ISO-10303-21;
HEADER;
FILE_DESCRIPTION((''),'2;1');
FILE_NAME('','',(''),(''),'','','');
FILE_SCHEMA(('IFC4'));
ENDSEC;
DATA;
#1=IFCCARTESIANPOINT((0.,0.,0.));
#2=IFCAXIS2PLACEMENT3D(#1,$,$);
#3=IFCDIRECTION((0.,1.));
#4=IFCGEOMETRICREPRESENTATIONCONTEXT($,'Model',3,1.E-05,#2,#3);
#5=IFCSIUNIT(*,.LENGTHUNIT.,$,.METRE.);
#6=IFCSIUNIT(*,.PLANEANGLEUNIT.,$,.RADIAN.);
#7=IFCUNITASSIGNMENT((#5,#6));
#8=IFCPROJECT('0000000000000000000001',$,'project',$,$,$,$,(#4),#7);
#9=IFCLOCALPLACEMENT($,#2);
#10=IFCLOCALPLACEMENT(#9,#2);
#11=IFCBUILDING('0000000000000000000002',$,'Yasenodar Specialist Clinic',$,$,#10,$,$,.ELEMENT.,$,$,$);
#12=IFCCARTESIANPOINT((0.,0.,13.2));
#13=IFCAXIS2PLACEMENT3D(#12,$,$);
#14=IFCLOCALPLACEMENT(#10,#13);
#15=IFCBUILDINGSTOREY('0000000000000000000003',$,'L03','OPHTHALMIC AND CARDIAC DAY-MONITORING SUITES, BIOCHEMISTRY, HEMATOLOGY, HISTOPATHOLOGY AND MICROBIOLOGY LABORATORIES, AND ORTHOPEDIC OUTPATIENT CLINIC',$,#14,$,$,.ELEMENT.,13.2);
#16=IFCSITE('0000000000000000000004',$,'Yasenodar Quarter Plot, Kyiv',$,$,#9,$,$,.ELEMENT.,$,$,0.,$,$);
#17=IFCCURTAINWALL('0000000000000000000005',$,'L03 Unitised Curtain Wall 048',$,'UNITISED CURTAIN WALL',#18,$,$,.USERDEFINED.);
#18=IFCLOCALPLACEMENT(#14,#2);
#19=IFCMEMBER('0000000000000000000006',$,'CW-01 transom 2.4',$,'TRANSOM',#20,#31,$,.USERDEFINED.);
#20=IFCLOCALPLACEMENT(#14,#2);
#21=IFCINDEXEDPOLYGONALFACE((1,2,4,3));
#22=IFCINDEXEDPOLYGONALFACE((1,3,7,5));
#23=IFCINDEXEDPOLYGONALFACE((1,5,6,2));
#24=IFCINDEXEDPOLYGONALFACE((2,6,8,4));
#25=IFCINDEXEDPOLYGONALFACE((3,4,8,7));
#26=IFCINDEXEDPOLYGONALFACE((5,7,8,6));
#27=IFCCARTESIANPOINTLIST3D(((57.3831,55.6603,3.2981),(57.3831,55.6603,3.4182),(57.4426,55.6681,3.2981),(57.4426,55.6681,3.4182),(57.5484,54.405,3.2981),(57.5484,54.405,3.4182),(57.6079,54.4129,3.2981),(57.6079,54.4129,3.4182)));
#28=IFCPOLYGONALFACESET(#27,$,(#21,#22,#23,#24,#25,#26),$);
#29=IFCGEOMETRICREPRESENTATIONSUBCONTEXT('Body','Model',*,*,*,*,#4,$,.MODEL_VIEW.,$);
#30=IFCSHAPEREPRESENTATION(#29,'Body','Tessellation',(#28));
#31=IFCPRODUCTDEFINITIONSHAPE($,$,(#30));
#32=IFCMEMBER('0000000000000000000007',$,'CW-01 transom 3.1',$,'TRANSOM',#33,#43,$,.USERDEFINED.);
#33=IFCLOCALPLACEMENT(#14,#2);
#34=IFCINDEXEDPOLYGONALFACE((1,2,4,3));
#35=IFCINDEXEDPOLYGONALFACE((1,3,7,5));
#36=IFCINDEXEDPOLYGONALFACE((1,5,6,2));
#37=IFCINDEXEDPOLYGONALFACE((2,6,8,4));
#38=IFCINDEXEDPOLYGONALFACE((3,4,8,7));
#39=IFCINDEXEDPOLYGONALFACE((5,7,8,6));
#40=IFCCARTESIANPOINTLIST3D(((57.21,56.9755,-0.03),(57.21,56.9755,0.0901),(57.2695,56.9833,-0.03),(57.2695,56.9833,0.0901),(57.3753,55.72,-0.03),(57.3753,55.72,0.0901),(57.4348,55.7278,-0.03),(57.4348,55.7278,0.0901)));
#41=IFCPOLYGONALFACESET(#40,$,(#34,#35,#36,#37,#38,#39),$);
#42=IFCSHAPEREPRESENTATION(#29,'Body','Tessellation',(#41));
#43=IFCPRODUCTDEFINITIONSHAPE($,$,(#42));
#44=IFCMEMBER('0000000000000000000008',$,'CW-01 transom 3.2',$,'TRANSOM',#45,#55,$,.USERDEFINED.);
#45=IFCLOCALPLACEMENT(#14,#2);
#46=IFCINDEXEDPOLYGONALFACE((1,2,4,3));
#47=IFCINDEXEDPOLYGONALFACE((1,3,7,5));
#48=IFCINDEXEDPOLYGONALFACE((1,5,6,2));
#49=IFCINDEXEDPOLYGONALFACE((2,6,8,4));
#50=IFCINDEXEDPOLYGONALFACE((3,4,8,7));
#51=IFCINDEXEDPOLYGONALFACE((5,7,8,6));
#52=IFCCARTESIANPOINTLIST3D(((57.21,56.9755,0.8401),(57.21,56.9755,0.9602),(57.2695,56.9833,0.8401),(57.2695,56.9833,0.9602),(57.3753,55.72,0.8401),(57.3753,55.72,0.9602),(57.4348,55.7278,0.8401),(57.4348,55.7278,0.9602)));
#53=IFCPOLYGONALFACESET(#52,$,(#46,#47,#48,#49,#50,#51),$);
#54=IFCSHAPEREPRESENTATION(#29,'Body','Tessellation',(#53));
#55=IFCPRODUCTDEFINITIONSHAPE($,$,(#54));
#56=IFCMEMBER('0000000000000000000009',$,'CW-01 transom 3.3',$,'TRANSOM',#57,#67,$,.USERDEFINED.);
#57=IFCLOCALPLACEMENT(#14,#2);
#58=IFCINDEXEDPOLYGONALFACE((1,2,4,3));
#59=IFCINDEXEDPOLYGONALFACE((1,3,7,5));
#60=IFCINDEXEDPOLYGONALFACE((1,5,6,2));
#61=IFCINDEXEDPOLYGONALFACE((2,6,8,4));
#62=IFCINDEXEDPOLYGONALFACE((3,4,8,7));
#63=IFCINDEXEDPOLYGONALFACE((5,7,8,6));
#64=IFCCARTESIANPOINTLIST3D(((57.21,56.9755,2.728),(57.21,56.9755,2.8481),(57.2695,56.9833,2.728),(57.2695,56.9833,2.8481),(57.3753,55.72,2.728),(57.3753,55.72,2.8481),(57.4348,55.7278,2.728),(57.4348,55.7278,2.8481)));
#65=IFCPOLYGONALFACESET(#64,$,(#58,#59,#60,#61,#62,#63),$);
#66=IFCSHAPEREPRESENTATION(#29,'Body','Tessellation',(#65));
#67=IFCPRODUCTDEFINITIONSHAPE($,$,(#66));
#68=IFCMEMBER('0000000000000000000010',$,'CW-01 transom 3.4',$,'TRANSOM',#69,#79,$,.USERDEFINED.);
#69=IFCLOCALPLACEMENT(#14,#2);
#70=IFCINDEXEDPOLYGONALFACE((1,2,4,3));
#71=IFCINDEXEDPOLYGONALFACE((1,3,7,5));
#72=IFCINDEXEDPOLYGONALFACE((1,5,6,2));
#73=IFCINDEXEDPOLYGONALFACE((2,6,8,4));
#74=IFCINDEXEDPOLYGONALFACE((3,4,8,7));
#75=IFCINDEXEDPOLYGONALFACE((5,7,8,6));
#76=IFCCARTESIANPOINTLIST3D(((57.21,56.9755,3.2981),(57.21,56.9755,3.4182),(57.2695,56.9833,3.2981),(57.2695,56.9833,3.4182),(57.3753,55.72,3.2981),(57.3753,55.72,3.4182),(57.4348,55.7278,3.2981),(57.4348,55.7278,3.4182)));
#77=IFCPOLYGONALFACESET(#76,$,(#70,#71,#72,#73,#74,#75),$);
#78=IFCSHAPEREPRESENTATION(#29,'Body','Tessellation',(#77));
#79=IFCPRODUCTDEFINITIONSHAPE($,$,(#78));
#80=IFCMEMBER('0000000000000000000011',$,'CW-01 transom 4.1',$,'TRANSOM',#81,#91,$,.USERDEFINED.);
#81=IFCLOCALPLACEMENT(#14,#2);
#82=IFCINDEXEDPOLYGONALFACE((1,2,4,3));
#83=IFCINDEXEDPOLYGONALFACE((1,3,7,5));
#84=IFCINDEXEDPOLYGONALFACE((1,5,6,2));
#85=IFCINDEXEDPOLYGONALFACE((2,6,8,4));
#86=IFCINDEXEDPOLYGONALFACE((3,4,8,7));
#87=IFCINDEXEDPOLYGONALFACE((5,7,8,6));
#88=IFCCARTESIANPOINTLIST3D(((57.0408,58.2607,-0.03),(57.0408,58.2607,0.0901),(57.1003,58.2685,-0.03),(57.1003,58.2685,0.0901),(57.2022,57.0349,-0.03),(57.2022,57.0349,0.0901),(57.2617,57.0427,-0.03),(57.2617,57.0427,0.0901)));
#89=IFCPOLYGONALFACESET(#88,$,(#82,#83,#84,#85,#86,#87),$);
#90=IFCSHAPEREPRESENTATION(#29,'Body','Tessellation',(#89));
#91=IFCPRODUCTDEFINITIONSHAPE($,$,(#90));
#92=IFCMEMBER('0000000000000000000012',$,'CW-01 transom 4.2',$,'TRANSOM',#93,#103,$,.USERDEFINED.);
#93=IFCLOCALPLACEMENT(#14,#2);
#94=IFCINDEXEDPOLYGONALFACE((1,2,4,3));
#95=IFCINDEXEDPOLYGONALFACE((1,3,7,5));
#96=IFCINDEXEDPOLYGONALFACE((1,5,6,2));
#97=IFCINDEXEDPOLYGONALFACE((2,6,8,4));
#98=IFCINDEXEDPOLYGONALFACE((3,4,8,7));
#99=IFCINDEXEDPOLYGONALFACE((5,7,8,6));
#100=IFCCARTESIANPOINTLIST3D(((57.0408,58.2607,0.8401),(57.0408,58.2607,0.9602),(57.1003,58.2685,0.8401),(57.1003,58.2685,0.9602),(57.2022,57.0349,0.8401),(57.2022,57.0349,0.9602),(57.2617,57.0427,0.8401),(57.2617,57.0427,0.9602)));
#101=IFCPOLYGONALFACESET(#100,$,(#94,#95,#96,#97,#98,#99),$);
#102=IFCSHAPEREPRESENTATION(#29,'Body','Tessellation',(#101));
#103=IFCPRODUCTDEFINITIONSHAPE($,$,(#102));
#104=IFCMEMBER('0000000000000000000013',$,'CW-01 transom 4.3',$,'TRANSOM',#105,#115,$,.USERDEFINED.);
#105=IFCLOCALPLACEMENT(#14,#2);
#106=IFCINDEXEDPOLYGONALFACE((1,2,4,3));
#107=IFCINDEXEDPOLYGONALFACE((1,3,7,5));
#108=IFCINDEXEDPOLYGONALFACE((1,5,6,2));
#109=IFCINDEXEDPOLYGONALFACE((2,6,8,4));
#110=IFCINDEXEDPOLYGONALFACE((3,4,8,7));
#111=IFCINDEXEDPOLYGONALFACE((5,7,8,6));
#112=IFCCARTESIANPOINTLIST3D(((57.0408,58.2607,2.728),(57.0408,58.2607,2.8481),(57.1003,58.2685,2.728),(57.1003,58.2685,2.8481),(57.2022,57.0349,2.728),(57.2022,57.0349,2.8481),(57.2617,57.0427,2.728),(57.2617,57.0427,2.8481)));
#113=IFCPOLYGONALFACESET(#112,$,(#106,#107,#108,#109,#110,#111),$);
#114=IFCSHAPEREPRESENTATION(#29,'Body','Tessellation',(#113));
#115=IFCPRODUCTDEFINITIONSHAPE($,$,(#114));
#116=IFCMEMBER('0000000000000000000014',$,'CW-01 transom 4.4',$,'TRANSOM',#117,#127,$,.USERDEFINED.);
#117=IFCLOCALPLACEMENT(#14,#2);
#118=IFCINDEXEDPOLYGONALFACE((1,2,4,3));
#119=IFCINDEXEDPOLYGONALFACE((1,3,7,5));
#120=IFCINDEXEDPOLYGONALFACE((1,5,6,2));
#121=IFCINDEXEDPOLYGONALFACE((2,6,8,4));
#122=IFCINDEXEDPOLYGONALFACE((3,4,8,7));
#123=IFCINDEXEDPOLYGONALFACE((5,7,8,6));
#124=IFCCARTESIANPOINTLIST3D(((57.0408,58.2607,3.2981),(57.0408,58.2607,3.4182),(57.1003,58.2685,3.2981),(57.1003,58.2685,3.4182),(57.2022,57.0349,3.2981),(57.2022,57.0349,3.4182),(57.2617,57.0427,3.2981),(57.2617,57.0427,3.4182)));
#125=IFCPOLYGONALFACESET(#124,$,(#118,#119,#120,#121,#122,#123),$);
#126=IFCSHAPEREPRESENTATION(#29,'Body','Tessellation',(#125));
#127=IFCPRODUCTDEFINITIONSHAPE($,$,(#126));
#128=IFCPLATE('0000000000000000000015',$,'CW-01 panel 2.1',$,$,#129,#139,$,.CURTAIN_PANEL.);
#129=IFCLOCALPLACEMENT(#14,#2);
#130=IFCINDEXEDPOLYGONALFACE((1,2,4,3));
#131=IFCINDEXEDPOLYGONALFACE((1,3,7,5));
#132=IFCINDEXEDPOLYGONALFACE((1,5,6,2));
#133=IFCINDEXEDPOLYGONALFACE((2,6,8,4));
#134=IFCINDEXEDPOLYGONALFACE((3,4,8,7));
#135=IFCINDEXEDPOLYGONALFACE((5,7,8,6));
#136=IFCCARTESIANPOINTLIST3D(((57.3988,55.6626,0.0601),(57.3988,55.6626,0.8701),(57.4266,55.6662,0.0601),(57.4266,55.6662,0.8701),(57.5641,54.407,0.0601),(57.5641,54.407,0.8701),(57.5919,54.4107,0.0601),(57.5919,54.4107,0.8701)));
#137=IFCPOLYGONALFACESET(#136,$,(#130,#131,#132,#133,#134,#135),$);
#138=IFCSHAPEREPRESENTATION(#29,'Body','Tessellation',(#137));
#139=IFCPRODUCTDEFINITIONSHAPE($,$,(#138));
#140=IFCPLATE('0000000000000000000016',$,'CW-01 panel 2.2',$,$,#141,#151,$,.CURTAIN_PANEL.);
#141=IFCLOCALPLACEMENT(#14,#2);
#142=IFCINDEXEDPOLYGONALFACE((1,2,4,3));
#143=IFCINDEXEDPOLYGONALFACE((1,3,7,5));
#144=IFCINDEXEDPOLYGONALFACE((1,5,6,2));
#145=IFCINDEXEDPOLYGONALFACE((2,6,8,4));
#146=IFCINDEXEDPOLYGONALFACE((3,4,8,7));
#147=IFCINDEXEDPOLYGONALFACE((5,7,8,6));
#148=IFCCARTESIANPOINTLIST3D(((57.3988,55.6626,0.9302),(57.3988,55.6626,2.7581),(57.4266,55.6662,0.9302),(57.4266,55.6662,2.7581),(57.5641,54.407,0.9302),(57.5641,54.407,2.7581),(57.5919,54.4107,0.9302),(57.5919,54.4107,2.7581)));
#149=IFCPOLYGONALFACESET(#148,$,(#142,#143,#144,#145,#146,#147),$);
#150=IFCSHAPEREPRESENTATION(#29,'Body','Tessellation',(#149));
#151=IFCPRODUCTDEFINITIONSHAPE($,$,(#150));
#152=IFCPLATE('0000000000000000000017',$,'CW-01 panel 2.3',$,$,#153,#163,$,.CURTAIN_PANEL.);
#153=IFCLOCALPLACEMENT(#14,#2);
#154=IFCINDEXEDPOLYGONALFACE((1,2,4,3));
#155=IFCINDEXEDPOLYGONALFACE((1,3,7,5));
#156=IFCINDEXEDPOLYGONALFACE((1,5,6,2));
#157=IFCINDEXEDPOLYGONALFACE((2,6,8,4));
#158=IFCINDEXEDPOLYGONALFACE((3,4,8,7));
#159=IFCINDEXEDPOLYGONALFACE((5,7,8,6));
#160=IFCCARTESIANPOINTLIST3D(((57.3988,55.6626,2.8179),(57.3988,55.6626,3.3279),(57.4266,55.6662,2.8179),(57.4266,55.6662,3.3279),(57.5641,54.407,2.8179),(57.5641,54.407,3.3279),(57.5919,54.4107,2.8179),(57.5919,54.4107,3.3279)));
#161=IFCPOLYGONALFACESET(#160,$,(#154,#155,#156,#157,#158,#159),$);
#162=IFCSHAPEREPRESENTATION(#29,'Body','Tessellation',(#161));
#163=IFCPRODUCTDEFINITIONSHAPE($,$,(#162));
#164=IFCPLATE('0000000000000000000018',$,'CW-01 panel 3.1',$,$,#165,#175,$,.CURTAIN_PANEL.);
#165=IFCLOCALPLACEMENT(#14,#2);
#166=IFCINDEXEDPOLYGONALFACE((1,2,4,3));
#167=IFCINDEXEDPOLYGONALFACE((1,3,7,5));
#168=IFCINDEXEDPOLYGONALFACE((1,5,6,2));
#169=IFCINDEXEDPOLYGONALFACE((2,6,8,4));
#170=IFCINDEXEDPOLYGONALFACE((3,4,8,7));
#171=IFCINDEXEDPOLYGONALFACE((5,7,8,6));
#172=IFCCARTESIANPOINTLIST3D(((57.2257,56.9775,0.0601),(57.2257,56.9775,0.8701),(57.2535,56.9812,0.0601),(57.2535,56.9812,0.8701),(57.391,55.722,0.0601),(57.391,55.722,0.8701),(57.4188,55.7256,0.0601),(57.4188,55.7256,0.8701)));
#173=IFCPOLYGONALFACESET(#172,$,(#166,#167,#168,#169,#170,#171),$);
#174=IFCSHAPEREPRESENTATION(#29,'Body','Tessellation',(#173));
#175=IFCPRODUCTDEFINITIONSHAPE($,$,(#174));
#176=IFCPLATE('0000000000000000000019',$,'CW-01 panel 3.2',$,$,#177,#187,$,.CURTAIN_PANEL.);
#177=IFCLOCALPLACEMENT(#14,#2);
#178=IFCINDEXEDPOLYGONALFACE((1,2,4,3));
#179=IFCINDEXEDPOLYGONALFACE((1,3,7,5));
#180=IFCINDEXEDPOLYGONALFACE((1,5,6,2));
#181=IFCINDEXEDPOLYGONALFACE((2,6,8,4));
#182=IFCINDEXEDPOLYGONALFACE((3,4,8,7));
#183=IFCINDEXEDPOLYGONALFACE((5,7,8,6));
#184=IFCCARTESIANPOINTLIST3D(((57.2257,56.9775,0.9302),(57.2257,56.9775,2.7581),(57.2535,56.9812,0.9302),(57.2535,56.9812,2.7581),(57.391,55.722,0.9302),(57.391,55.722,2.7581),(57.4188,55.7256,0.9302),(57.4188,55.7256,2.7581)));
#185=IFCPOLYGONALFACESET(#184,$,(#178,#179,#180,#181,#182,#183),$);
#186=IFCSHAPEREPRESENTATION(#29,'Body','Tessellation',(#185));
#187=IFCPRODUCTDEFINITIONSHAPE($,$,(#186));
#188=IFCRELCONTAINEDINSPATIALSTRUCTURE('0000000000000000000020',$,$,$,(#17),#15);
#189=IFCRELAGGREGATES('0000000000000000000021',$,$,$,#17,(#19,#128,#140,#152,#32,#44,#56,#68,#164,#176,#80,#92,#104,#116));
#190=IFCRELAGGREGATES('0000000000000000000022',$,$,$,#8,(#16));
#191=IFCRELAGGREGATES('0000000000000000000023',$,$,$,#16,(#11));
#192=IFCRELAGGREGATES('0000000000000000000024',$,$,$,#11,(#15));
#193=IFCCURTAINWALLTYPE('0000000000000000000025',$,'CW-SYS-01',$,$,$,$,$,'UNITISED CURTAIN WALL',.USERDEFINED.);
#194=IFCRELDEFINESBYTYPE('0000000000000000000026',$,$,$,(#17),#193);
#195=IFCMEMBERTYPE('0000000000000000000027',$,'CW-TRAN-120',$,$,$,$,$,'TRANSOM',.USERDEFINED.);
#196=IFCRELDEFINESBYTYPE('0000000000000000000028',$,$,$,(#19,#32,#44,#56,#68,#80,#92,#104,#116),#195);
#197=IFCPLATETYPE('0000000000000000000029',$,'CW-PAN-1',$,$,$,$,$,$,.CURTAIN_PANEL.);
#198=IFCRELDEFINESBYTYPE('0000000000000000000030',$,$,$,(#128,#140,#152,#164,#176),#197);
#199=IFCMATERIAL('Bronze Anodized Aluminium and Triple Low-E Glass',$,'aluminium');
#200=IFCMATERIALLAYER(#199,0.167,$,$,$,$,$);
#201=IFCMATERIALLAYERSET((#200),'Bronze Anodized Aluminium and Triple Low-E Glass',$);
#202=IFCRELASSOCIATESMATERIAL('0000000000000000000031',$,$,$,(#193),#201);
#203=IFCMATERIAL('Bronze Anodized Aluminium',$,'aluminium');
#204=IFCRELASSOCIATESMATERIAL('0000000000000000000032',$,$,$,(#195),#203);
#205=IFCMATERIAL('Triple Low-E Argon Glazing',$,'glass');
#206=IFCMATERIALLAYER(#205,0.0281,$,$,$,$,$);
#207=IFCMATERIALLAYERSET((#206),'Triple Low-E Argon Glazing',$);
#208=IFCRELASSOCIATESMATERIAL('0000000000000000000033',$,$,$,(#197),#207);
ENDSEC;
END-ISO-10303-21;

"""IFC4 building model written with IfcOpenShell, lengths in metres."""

from ifc_helpers import new_model, si_unit, direction, frame, origin, origin_2d, place, context, subcontext, project, spatial, rectangle, extrude, material, layer, layer_set, material_profile, profile_set, type_object, element, aggregate, save


model = new_model("IFC4")

# Units and contexts
model_context = context("Model", 3, precision=1e-05, world=origin(), true_north=direction((0.0, 1.0)))
body_context = subcontext(model_context, "Body", "Model", "MODEL_VIEW")
ifc_project = project(units=[si_unit("LENGTHUNIT", "METRE"), si_unit("PLANEANGLEUNIT", "RADIAN")], contexts=[model_context])

# Site, building, storey
site_placement = place(None, origin())
site = spatial("IfcSite", under=ifc_project, at=site_placement, Name="Yasenodar Quarter Plot, Kyiv", CompositionType="ELEMENT", RefElevation=0.0)
building_placement = place(site_placement, origin())
building = spatial("IfcBuilding", under=site, at=building_placement, Name="Yasenodar Specialist Clinic", CompositionType="ELEMENT")
storey_placement = place(building_placement, frame((0.0, 0.0, 13.2)))
storey = spatial("IfcBuildingStorey", under=building, at=storey_placement, Name="L03", Description="OPHTHALMIC AND CARDIAC DAY-MONITORING SUITES, BIOCHEMISTRY, HEMATOLOGY, HISTOPATHOLOGY AND MICROBIOLOGY LABORATORIES, AND ORTHOPEDIC OUTPATIENT CLINIC", CompositionType="ELEMENT", Elevation=13.2)

# Curtain wall, members, plates
ifc_material_1 = material(Name="Bronze Anodized Aluminium and Triple Low-E Glass", Category="aluminium")
ifc_layer_1 = layer(ifc_material_1, 0.167)
ifc_layer_set_1 = layer_set([ifc_layer_1], Name="Bronze Anodized Aluminium and Triple Low-E Glass")
curtain_wall_type = type_object("IfcCurtainWallType", Name="CW-SYS-01", ElementType="UNITISED CURTAIN WALL", PredefinedType="USERDEFINED", material=ifc_layer_set_1)
curtain_wall_placement = place(storey_placement, origin())
curtain_wall = element("IfcCurtainWall", 1, at=curtain_wall_placement, inside=storey, type_object=curtain_wall_type, Name="L03 Unitised Curtain Wall 048", ObjectType="UNITISED CURTAIN WALL", PredefinedType="USERDEFINED")
ifc_material_2 = material(Name="Bronze Anodized Aluminium", Category="aluminium")
ifc_material_profile_1 = material_profile(ifc_material_2, rectangle(XDim=0.0601, YDim=0.1201, at=origin_2d()), Name="CW-TRAN 60x120")
ifc_profile_set_1 = profile_set([ifc_material_profile_1], Name="Bronze Anodized Aluminium")
member_type_1 = type_object("IfcMemberType", Name="CW-TRAN-120", ElementType="TRANSOM", PredefinedType="USERDEFINED", material=ifc_profile_set_1)
member_1_placement = place(storey_placement, frame((57.5781, 54.4089, 3.3582), z_axis=(-0.130534, 0.991444, 0.0), x_axis=(-0.991444, -0.130534, 0.0)))
member_1 = element("IfcMember", 2, at=member_1_placement, type_object=member_type_1, Name="CW-01 transom 2.4", ObjectType="TRANSOM", PredefinedType="USERDEFINED", context=body_context, shape_type="SweptSolid", body=[
    extrude(rectangle(XDim=0.0601, YDim=0.1201, at=origin_2d()), origin(), (0.0, 0.0, 1.0), 1.2661),
])
member_2_placement = place(storey_placement, frame((57.405, 55.7239, 0.03), z_axis=(-0.130509, 0.991447, 0.0), x_axis=(-0.991447, -0.130509, 0.0)))
member_2 = element("IfcMember", 3, at=member_2_placement, type_object=member_type_1, Name="CW-01 transom 3.1", ObjectType="TRANSOM", PredefinedType="USERDEFINED", context=body_context, shape_type="SweptSolid", body=[
    extrude(rectangle(XDim=0.0601, YDim=0.1201, at=origin_2d()), origin(), (0.0, 0.0, 1.0), 1.2664),
])
member_3_placement = place(storey_placement, frame((57.405, 55.7239, 0.9001), z_axis=(-0.130509, 0.991447, 0.0), x_axis=(-0.991447, -0.130509, 0.0)))
member_3 = element("IfcMember", 4, at=member_3_placement, type_object=member_type_1, Name="CW-01 transom 3.2", ObjectType="TRANSOM", PredefinedType="USERDEFINED", context=body_context, shape_type="SweptSolid", body=[
    extrude(rectangle(XDim=0.0601, YDim=0.1201, at=origin_2d()), origin(), (0.0, 0.0, 1.0), 1.2664),
])
member_4_placement = place(storey_placement, frame((57.405, 55.7239, 2.7881), z_axis=(-0.130509, 0.991447, 0.0), x_axis=(-0.991447, -0.130509, 0.0)))
member_4 = element("IfcMember", 5, at=member_4_placement, type_object=member_type_1, Name="CW-01 transom 3.3", ObjectType="TRANSOM", PredefinedType="USERDEFINED", context=body_context, shape_type="SweptSolid", body=[
    extrude(rectangle(XDim=0.0601, YDim=0.1201, at=origin_2d()), origin(), (0.0, 0.0, 1.0), 1.2664),
])
member_5_placement = place(storey_placement, frame((57.405, 55.7239, 3.3582), z_axis=(-0.130509, 0.991447, 0.0), x_axis=(-0.991447, -0.130509, 0.0)))
member_5 = element("IfcMember", 6, at=member_5_placement, type_object=member_type_1, Name="CW-01 transom 3.4", ObjectType="TRANSOM", PredefinedType="USERDEFINED", context=body_context, shape_type="SweptSolid", body=[
    extrude(rectangle(XDim=0.0601, YDim=0.1201, at=origin_2d()), origin(), (0.0, 0.0, 1.0), 1.2664),
])
member_6_placement = place(storey_placement, frame((57.2319, 57.0388, 0.03), z_axis=(-0.130521, 0.991446, 0.0), x_axis=(-0.991446, -0.130521, 0.0)))
member_6 = element("IfcMember", 7, at=member_6_placement, type_object=member_type_1, Name="CW-01 transom 4.1", ObjectType="TRANSOM", PredefinedType="USERDEFINED", context=body_context, shape_type="SweptSolid", body=[
    extrude(rectangle(XDim=0.0601, YDim=0.1201, at=origin_2d()), origin(), (0.0, 0.0, 1.0), 1.2363),
])
member_7_placement = place(storey_placement, frame((57.2319, 57.0388, 0.9001), z_axis=(-0.130521, 0.991446, 0.0), x_axis=(-0.991446, -0.130521, 0.0)))
member_7 = element("IfcMember", 8, at=member_7_placement, type_object=member_type_1, Name="CW-01 transom 4.2", ObjectType="TRANSOM", PredefinedType="USERDEFINED", context=body_context, shape_type="SweptSolid", body=[
    extrude(rectangle(XDim=0.0601, YDim=0.1201, at=origin_2d()), origin(), (0.0, 0.0, 1.0), 1.2363),
])
member_8_placement = place(storey_placement, frame((57.2319, 57.0388, 2.7881), z_axis=(-0.130521, 0.991446, 0.0), x_axis=(-0.991446, -0.130521, 0.0)))
member_8 = element("IfcMember", 9, at=member_8_placement, type_object=member_type_1, Name="CW-01 transom 4.3", ObjectType="TRANSOM", PredefinedType="USERDEFINED", context=body_context, shape_type="SweptSolid", body=[
    extrude(rectangle(XDim=0.0601, YDim=0.1201, at=origin_2d()), origin(), (0.0, 0.0, 1.0), 1.2363),
])
member_9_placement = place(storey_placement, frame((57.2319, 57.0388, 3.3582), z_axis=(-0.130521, 0.991446, 0.0), x_axis=(-0.991446, -0.130521, 0.0)))
member_9 = element("IfcMember", 10, at=member_9_placement, type_object=member_type_1, Name="CW-01 transom 4.4", ObjectType="TRANSOM", PredefinedType="USERDEFINED", context=body_context, shape_type="SweptSolid", body=[
    extrude(rectangle(XDim=0.0601, YDim=0.1201, at=origin_2d()), origin(), (0.0, 0.0, 1.0), 1.2363),
])
ifc_material_3 = material(Name="Triple Low-E Argon Glazing", Category="glass")
ifc_layer_2 = layer(ifc_material_3, 0.0281)
ifc_layer_set_2 = layer_set([ifc_layer_2], Name="Triple Low-E Argon Glazing")
plate_type_1 = type_object("IfcPlateType", Name="CW-PAN-1", PredefinedType="CURTAIN_PANEL", material=ifc_layer_set_2)
plate_1_placement = place(storey_placement, frame((57.4954, 55.0366, 0.0601), z_axis=(0.0, 0.0, 1.0), x_axis=(-0.130512, 0.991447, 0.0)))
plate_1 = element("IfcPlate", 11, at=plate_1_placement, type_object=plate_type_1, Name="CW-01 panel 2.1", PredefinedType="CURTAIN_PANEL", context=body_context, shape_type="SweptSolid", body=[
    extrude(rectangle(XDim=1.2664, YDim=0.0281, at=origin_2d()), origin(), (0.0, 0.0, 1.0), 0.8101),
])
plate_2_placement = place(storey_placement, frame((57.4954, 55.0366, 0.9302), z_axis=(0.0, 0.0, 1.0), x_axis=(-0.130512, 0.991447, 0.0)))
plate_2 = element("IfcPlate", 12, at=plate_2_placement, type_object=plate_type_1, Name="CW-01 panel 2.2", PredefinedType="CURTAIN_PANEL", context=body_context, shape_type="SweptSolid", body=[
    extrude(rectangle(XDim=1.2664, YDim=0.0281, at=origin_2d()), origin(), (0.0, 0.0, 1.0), 1.8279),
])
plate_3_placement = place(storey_placement, frame((57.4954, 55.0366, 2.8179), z_axis=(0.0, 0.0, 1.0), x_axis=(-0.130512, 0.991447, 0.0)))
plate_3 = element("IfcPlate", 13, at=plate_3_placement, type_object=plate_type_1, Name="CW-01 panel 2.3", PredefinedType="CURTAIN_PANEL", context=body_context, shape_type="SweptSolid", body=[
    extrude(rectangle(XDim=1.2664, YDim=0.0281, at=origin_2d()), origin(), (0.0, 0.0, 1.0), 0.51),
])
plate_4_placement = place(storey_placement, frame((57.3223, 56.3516, 0.0601), z_axis=(0.0, 0.0, 1.0), x_axis=(-0.130512, 0.991447, 0.0)))
plate_4 = element("IfcPlate", 14, at=plate_4_placement, type_object=plate_type_1, Name="CW-01 panel 3.1", PredefinedType="CURTAIN_PANEL", context=body_context, shape_type="SweptSolid", body=[
    extrude(rectangle(XDim=1.2664, YDim=0.0281, at=origin_2d()), origin(), (0.0, 0.0, 1.0), 0.8101),
])
plate_5_placement = place(storey_placement, frame((57.3223, 56.3516, 0.9302), z_axis=(0.0, 0.0, 1.0), x_axis=(-0.130512, 0.991447, 0.0)))
plate_5 = element("IfcPlate", 15, at=plate_5_placement, type_object=plate_type_1, Name="CW-01 panel 3.2", PredefinedType="CURTAIN_PANEL", context=body_context, shape_type="SweptSolid", body=[
    extrude(rectangle(XDim=1.2664, YDim=0.0281, at=origin_2d()), origin(), (0.0, 0.0, 1.0), 1.8279),
])
aggregate(curtain_wall, [member_1, plate_1, plate_2, plate_3, member_2, member_3, member_4, member_5, plate_4, plate_5, member_6, member_7, member_8, member_9])

save(model, "model.ifc")
